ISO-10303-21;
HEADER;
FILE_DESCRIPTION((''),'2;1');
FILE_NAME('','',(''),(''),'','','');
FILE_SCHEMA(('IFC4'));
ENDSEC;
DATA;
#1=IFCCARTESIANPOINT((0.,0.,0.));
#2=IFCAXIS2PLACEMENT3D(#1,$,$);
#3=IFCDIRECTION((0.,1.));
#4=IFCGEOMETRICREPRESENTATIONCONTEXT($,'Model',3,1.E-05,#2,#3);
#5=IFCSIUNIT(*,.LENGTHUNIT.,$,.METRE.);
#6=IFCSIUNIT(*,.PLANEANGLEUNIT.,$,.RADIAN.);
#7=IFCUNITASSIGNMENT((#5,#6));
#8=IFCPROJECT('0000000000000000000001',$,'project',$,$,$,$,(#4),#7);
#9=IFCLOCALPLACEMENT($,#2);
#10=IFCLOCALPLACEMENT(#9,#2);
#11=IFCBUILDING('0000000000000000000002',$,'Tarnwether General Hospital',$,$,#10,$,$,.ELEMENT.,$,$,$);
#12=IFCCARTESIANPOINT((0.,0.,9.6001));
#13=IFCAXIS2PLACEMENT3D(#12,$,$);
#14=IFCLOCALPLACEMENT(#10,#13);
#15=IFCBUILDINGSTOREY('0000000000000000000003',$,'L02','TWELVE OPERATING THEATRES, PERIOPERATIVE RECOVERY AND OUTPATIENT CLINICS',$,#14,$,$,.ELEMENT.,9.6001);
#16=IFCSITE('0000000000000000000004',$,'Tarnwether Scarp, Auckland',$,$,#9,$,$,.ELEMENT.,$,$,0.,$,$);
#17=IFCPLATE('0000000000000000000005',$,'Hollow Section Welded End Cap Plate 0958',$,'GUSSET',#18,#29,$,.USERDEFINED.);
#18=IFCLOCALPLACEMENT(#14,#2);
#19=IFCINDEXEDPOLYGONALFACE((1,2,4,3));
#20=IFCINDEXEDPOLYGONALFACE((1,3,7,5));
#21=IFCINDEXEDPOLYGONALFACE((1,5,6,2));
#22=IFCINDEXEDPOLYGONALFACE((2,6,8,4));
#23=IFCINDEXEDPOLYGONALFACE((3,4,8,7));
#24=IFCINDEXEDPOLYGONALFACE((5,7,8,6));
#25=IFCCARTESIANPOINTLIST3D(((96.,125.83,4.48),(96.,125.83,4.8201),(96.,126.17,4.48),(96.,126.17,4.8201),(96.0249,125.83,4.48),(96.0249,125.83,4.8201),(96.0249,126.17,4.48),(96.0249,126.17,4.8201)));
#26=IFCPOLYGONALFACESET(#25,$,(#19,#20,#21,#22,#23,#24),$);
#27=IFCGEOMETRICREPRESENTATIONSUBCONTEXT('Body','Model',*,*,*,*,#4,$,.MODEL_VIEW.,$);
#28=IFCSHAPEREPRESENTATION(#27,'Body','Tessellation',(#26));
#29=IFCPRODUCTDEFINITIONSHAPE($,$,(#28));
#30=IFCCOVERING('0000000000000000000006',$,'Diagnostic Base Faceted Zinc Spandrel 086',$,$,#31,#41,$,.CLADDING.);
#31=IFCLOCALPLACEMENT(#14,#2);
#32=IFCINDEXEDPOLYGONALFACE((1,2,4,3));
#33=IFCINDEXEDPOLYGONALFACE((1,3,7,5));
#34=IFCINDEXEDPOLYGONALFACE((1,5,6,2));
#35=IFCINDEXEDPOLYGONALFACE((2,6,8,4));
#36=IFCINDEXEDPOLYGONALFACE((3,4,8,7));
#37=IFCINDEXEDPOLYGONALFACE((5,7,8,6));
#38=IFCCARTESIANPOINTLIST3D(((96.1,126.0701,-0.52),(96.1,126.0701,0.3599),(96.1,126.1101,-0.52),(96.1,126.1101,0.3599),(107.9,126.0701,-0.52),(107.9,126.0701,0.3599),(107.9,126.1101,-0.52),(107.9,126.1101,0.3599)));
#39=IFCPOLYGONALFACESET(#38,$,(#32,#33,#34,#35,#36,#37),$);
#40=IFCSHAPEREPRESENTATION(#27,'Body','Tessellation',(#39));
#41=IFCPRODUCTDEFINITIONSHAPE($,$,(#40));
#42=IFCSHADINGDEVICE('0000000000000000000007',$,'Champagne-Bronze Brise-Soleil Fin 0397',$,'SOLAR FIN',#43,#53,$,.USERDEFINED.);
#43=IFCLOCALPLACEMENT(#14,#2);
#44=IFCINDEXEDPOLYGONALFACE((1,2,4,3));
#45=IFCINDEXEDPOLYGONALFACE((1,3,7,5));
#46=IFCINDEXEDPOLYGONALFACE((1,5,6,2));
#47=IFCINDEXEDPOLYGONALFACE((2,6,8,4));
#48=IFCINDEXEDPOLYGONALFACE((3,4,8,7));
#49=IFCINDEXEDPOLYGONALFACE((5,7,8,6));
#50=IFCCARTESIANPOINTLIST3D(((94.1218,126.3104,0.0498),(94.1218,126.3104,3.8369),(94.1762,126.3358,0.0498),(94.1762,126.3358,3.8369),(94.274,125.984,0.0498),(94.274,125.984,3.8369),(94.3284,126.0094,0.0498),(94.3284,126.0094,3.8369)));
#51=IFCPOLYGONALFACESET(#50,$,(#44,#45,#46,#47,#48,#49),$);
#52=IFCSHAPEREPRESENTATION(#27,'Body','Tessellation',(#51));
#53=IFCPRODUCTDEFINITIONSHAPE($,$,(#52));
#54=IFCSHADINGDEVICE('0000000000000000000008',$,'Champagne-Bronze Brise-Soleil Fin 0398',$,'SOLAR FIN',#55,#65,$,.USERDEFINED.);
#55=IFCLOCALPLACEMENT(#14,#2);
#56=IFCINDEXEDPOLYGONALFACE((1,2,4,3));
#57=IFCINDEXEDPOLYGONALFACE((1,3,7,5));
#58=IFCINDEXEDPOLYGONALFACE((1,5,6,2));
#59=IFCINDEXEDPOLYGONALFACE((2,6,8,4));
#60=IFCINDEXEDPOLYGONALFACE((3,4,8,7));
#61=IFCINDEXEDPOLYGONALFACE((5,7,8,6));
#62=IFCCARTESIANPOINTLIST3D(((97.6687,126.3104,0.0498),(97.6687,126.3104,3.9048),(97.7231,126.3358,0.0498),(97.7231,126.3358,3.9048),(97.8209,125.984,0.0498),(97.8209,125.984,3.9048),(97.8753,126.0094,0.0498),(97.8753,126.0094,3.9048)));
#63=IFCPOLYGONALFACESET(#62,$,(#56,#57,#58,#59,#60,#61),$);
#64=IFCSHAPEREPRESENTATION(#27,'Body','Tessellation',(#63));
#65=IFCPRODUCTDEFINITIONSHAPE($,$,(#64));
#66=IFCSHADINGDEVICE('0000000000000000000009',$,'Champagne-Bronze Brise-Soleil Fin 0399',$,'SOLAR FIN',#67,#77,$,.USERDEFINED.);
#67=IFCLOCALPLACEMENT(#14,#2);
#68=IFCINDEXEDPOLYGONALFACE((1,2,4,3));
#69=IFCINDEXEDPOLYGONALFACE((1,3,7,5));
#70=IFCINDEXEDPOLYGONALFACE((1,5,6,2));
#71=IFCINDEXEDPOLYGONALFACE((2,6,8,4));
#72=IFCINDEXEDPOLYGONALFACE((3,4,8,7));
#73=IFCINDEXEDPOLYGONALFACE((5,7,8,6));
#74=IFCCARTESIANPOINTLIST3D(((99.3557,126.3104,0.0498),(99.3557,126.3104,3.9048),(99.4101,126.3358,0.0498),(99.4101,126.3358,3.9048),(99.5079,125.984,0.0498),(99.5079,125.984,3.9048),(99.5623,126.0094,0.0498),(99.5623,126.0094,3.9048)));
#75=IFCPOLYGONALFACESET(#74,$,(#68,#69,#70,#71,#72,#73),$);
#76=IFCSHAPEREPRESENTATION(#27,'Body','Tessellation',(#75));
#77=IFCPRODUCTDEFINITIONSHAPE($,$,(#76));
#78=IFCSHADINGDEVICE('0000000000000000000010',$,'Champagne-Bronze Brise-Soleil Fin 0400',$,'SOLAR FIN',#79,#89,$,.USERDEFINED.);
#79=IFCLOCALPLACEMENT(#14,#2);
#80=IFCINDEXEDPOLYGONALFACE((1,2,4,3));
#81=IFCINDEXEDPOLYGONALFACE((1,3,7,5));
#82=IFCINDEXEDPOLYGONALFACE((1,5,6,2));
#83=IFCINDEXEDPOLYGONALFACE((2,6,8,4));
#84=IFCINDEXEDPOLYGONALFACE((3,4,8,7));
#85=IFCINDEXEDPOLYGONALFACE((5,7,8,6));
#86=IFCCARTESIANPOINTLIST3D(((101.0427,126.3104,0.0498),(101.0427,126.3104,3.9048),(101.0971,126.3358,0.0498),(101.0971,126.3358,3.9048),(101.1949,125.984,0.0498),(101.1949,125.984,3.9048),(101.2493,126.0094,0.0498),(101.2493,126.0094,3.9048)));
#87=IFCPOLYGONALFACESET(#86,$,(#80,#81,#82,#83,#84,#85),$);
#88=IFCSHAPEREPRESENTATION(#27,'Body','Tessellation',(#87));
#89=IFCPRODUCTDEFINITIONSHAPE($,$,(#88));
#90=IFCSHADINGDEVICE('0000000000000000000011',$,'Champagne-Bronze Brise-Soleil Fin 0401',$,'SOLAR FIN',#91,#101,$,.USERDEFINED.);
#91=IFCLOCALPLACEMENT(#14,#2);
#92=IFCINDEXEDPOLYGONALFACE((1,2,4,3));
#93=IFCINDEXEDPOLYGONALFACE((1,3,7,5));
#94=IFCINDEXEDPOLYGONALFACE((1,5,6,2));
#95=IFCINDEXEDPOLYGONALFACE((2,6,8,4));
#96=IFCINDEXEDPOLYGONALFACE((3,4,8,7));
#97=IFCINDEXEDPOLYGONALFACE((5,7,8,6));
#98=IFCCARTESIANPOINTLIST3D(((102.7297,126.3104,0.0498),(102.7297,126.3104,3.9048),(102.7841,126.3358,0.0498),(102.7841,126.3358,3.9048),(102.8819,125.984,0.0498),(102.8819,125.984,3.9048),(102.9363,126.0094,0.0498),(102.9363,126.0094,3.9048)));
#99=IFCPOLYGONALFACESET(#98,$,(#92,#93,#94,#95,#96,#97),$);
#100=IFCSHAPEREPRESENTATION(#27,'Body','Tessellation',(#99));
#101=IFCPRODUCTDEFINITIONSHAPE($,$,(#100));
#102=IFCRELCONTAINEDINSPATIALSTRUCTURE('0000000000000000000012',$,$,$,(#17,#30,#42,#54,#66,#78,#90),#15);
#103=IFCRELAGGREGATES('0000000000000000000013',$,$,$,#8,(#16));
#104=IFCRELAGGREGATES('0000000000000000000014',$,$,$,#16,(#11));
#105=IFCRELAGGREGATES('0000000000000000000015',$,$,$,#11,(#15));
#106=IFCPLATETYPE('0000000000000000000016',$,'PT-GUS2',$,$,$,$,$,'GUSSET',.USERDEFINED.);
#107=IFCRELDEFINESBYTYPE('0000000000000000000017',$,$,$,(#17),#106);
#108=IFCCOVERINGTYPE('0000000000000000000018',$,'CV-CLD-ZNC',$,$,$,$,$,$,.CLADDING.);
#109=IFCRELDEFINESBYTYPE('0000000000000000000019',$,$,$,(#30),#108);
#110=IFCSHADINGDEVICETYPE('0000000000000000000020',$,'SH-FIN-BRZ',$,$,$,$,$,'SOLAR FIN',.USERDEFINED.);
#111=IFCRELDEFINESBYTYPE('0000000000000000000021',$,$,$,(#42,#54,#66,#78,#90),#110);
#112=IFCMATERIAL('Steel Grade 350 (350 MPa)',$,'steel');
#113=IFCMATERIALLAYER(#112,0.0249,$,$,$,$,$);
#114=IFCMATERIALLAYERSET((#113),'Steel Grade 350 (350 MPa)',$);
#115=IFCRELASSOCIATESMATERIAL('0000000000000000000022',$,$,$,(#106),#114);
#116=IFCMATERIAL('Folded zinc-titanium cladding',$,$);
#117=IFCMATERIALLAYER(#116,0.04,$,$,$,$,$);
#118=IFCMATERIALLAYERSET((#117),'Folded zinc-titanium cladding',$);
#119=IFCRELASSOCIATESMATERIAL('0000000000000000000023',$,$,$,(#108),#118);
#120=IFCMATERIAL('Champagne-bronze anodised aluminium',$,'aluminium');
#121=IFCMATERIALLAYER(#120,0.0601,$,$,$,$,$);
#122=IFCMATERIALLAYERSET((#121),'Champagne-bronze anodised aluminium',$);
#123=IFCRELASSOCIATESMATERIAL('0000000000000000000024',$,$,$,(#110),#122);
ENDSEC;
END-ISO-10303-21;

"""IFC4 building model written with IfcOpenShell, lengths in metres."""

from ifc_helpers import new_model, si_unit, direction, frame, origin, origin_2d, place, context, subcontext, project, spatial, rectangle, extrude, material, layer, layer_set, type_object, element, save


model = new_model("IFC4")

# Units and contexts
model_context = context("Model", 3, precision=1e-05, world=origin(), true_north=direction((0.0, 1.0)))
body_context = subcontext(model_context, "Body", "Model", "MODEL_VIEW")
ifc_project = project(units=[si_unit("LENGTHUNIT", "METRE"), si_unit("PLANEANGLEUNIT", "RADIAN")], contexts=[model_context])

# Site, building, storey
site_placement = place(None, origin())
site = spatial("IfcSite", under=ifc_project, at=site_placement, Name="Tarnwether Scarp, Auckland", CompositionType="ELEMENT", RefElevation=0.0)
building_placement = place(site_placement, origin())
building = spatial("IfcBuilding", under=site, at=building_placement, Name="Tarnwether General Hospital", CompositionType="ELEMENT")
storey_placement = place(building_placement, frame((0.0, 0.0, 9.6001)))
storey = spatial("IfcBuildingStorey", under=building, at=storey_placement, Name="L02", Description="TWELVE OPERATING THEATRES, PERIOPERATIVE RECOVERY AND OUTPATIENT CLINICS", CompositionType="ELEMENT", Elevation=9.6001)

# Plate
ifc_material_1 = material(Name="Steel Grade 350 (350 MPa)", Category="steel")
ifc_layer_1 = layer(ifc_material_1, 0.0249)
ifc_layer_set_1 = layer_set([ifc_layer_1], Name="Steel Grade 350 (350 MPa)")
plate_type_1 = type_object("IfcPlateType", Name="PT-GUS2", ElementType="GUSSET", PredefinedType="USERDEFINED", material=ifc_layer_set_1)
plate_1_placement = place(storey_placement, frame((96.0125, 126.0, 4.48), z_axis=(0.0, 0.0, 1.0), x_axis=(1.0, 0.0, 0.0)))
element("IfcPlate", 1, at=plate_1_placement, inside=storey, type_object=plate_type_1, Name="Hollow Section Welded End Cap Plate 0958", ObjectType="GUSSET", PredefinedType="USERDEFINED", context=body_context, shape_type="SweptSolid", body=[
    extrude(rectangle(XDim=0.0249, YDim=0.3401, at=origin_2d()), origin(), (0.0, 0.0, 1.0), 0.3401),
])

# Covering
ifc_material_2 = material(Name="Folded zinc-titanium cladding")
ifc_layer_2 = layer(ifc_material_2, 0.04)
ifc_layer_set_2 = layer_set([ifc_layer_2], Name="Folded zinc-titanium cladding")
covering_type = type_object("IfcCoveringType", Name="CV-CLD-ZNC", PredefinedType="CLADDING", material=ifc_layer_set_2)
covering_placement = place(storey_placement, frame((102.0, 126.0901, -0.52), z_axis=(0.0, 0.0, 1.0), x_axis=(1.0, 0.0, 0.0)))
element("IfcCovering", 2, at=covering_placement, inside=storey, type_object=covering_type, Name="Diagnostic Base Faceted Zinc Spandrel 086", PredefinedType="CLADDING", context=body_context, shape_type="SweptSolid", body=[
    extrude(rectangle(XDim=11.8, YDim=0.04, at=origin_2d()), origin(), (0.0, 0.0, 1.0), 0.8799),
])

# Shading devices
ifc_material_3 = material(Name="Champagne-bronze anodised aluminium", Category="aluminium")
ifc_layer_3 = layer(ifc_material_3, 0.0601)
ifc_layer_set_3 = layer_set([ifc_layer_3], Name="Champagne-bronze anodised aluminium")
shading_device_type = type_object("IfcShadingDeviceType", Name="SH-FIN-BRZ", ElementType="SOLAR FIN", PredefinedType="USERDEFINED", material=ifc_layer_set_3)
shading_device_placement = place(storey_placement, frame((94.2251, 126.1599, 0.0498), z_axis=(0.0, 0.0, 1.0), x_axis=(0.906308, 0.422618, 0.0)))
element("IfcShadingDevice", 3, at=shading_device_placement, inside=storey, type_object=shading_device_type, Name="Champagne-Bronze Brise-Soleil Fin 0397", ObjectType="SOLAR FIN", PredefinedType="USERDEFINED", context=body_context, shape_type="SweptSolid", body=[
    extrude(rectangle(XDim=0.0601, YDim=0.3601, at=origin_2d()), origin(), (0.0, 0.0, 1.0), 3.7871),
])
for number, where, z_axis, x_axis, name in (
    (4, (97.772, 126.1599, 0.0498), (0.0, 0.0, 1.0), (0.906308, 0.422618, 0.0), "Champagne-Bronze Brise-Soleil Fin 0398"),
    (5, (99.459, 126.1599, 0.0498), (0.0, 0.0, 1.0), (0.906308, 0.422618, 0.0), "Champagne-Bronze Brise-Soleil Fin 0399"),
    (6, (101.146, 126.1599, 0.0498), (0.0, 0.0, 1.0), (0.906308, 0.422618, 0.0), "Champagne-Bronze Brise-Soleil Fin 0400"),
    (7, (102.833, 126.1599, 0.0498), (0.0, 0.0, 1.0), (0.906308, 0.422618, 0.0), "Champagne-Bronze Brise-Soleil Fin 0401"),
):
    element("IfcShadingDevice", number, at=place(storey_placement, frame(where, z_axis=z_axis, x_axis=x_axis)), inside=storey, type_object=shading_device_type, Name=name, ObjectType="SOLAR FIN", PredefinedType="USERDEFINED", context=body_context, shape_type="SweptSolid", body=[
        extrude(rectangle(XDim=0.0601, YDim=0.3601, at=origin_2d()), origin(), (0.0, 0.0, 1.0), 3.855),
    ])

save(model, "model.ifc")
